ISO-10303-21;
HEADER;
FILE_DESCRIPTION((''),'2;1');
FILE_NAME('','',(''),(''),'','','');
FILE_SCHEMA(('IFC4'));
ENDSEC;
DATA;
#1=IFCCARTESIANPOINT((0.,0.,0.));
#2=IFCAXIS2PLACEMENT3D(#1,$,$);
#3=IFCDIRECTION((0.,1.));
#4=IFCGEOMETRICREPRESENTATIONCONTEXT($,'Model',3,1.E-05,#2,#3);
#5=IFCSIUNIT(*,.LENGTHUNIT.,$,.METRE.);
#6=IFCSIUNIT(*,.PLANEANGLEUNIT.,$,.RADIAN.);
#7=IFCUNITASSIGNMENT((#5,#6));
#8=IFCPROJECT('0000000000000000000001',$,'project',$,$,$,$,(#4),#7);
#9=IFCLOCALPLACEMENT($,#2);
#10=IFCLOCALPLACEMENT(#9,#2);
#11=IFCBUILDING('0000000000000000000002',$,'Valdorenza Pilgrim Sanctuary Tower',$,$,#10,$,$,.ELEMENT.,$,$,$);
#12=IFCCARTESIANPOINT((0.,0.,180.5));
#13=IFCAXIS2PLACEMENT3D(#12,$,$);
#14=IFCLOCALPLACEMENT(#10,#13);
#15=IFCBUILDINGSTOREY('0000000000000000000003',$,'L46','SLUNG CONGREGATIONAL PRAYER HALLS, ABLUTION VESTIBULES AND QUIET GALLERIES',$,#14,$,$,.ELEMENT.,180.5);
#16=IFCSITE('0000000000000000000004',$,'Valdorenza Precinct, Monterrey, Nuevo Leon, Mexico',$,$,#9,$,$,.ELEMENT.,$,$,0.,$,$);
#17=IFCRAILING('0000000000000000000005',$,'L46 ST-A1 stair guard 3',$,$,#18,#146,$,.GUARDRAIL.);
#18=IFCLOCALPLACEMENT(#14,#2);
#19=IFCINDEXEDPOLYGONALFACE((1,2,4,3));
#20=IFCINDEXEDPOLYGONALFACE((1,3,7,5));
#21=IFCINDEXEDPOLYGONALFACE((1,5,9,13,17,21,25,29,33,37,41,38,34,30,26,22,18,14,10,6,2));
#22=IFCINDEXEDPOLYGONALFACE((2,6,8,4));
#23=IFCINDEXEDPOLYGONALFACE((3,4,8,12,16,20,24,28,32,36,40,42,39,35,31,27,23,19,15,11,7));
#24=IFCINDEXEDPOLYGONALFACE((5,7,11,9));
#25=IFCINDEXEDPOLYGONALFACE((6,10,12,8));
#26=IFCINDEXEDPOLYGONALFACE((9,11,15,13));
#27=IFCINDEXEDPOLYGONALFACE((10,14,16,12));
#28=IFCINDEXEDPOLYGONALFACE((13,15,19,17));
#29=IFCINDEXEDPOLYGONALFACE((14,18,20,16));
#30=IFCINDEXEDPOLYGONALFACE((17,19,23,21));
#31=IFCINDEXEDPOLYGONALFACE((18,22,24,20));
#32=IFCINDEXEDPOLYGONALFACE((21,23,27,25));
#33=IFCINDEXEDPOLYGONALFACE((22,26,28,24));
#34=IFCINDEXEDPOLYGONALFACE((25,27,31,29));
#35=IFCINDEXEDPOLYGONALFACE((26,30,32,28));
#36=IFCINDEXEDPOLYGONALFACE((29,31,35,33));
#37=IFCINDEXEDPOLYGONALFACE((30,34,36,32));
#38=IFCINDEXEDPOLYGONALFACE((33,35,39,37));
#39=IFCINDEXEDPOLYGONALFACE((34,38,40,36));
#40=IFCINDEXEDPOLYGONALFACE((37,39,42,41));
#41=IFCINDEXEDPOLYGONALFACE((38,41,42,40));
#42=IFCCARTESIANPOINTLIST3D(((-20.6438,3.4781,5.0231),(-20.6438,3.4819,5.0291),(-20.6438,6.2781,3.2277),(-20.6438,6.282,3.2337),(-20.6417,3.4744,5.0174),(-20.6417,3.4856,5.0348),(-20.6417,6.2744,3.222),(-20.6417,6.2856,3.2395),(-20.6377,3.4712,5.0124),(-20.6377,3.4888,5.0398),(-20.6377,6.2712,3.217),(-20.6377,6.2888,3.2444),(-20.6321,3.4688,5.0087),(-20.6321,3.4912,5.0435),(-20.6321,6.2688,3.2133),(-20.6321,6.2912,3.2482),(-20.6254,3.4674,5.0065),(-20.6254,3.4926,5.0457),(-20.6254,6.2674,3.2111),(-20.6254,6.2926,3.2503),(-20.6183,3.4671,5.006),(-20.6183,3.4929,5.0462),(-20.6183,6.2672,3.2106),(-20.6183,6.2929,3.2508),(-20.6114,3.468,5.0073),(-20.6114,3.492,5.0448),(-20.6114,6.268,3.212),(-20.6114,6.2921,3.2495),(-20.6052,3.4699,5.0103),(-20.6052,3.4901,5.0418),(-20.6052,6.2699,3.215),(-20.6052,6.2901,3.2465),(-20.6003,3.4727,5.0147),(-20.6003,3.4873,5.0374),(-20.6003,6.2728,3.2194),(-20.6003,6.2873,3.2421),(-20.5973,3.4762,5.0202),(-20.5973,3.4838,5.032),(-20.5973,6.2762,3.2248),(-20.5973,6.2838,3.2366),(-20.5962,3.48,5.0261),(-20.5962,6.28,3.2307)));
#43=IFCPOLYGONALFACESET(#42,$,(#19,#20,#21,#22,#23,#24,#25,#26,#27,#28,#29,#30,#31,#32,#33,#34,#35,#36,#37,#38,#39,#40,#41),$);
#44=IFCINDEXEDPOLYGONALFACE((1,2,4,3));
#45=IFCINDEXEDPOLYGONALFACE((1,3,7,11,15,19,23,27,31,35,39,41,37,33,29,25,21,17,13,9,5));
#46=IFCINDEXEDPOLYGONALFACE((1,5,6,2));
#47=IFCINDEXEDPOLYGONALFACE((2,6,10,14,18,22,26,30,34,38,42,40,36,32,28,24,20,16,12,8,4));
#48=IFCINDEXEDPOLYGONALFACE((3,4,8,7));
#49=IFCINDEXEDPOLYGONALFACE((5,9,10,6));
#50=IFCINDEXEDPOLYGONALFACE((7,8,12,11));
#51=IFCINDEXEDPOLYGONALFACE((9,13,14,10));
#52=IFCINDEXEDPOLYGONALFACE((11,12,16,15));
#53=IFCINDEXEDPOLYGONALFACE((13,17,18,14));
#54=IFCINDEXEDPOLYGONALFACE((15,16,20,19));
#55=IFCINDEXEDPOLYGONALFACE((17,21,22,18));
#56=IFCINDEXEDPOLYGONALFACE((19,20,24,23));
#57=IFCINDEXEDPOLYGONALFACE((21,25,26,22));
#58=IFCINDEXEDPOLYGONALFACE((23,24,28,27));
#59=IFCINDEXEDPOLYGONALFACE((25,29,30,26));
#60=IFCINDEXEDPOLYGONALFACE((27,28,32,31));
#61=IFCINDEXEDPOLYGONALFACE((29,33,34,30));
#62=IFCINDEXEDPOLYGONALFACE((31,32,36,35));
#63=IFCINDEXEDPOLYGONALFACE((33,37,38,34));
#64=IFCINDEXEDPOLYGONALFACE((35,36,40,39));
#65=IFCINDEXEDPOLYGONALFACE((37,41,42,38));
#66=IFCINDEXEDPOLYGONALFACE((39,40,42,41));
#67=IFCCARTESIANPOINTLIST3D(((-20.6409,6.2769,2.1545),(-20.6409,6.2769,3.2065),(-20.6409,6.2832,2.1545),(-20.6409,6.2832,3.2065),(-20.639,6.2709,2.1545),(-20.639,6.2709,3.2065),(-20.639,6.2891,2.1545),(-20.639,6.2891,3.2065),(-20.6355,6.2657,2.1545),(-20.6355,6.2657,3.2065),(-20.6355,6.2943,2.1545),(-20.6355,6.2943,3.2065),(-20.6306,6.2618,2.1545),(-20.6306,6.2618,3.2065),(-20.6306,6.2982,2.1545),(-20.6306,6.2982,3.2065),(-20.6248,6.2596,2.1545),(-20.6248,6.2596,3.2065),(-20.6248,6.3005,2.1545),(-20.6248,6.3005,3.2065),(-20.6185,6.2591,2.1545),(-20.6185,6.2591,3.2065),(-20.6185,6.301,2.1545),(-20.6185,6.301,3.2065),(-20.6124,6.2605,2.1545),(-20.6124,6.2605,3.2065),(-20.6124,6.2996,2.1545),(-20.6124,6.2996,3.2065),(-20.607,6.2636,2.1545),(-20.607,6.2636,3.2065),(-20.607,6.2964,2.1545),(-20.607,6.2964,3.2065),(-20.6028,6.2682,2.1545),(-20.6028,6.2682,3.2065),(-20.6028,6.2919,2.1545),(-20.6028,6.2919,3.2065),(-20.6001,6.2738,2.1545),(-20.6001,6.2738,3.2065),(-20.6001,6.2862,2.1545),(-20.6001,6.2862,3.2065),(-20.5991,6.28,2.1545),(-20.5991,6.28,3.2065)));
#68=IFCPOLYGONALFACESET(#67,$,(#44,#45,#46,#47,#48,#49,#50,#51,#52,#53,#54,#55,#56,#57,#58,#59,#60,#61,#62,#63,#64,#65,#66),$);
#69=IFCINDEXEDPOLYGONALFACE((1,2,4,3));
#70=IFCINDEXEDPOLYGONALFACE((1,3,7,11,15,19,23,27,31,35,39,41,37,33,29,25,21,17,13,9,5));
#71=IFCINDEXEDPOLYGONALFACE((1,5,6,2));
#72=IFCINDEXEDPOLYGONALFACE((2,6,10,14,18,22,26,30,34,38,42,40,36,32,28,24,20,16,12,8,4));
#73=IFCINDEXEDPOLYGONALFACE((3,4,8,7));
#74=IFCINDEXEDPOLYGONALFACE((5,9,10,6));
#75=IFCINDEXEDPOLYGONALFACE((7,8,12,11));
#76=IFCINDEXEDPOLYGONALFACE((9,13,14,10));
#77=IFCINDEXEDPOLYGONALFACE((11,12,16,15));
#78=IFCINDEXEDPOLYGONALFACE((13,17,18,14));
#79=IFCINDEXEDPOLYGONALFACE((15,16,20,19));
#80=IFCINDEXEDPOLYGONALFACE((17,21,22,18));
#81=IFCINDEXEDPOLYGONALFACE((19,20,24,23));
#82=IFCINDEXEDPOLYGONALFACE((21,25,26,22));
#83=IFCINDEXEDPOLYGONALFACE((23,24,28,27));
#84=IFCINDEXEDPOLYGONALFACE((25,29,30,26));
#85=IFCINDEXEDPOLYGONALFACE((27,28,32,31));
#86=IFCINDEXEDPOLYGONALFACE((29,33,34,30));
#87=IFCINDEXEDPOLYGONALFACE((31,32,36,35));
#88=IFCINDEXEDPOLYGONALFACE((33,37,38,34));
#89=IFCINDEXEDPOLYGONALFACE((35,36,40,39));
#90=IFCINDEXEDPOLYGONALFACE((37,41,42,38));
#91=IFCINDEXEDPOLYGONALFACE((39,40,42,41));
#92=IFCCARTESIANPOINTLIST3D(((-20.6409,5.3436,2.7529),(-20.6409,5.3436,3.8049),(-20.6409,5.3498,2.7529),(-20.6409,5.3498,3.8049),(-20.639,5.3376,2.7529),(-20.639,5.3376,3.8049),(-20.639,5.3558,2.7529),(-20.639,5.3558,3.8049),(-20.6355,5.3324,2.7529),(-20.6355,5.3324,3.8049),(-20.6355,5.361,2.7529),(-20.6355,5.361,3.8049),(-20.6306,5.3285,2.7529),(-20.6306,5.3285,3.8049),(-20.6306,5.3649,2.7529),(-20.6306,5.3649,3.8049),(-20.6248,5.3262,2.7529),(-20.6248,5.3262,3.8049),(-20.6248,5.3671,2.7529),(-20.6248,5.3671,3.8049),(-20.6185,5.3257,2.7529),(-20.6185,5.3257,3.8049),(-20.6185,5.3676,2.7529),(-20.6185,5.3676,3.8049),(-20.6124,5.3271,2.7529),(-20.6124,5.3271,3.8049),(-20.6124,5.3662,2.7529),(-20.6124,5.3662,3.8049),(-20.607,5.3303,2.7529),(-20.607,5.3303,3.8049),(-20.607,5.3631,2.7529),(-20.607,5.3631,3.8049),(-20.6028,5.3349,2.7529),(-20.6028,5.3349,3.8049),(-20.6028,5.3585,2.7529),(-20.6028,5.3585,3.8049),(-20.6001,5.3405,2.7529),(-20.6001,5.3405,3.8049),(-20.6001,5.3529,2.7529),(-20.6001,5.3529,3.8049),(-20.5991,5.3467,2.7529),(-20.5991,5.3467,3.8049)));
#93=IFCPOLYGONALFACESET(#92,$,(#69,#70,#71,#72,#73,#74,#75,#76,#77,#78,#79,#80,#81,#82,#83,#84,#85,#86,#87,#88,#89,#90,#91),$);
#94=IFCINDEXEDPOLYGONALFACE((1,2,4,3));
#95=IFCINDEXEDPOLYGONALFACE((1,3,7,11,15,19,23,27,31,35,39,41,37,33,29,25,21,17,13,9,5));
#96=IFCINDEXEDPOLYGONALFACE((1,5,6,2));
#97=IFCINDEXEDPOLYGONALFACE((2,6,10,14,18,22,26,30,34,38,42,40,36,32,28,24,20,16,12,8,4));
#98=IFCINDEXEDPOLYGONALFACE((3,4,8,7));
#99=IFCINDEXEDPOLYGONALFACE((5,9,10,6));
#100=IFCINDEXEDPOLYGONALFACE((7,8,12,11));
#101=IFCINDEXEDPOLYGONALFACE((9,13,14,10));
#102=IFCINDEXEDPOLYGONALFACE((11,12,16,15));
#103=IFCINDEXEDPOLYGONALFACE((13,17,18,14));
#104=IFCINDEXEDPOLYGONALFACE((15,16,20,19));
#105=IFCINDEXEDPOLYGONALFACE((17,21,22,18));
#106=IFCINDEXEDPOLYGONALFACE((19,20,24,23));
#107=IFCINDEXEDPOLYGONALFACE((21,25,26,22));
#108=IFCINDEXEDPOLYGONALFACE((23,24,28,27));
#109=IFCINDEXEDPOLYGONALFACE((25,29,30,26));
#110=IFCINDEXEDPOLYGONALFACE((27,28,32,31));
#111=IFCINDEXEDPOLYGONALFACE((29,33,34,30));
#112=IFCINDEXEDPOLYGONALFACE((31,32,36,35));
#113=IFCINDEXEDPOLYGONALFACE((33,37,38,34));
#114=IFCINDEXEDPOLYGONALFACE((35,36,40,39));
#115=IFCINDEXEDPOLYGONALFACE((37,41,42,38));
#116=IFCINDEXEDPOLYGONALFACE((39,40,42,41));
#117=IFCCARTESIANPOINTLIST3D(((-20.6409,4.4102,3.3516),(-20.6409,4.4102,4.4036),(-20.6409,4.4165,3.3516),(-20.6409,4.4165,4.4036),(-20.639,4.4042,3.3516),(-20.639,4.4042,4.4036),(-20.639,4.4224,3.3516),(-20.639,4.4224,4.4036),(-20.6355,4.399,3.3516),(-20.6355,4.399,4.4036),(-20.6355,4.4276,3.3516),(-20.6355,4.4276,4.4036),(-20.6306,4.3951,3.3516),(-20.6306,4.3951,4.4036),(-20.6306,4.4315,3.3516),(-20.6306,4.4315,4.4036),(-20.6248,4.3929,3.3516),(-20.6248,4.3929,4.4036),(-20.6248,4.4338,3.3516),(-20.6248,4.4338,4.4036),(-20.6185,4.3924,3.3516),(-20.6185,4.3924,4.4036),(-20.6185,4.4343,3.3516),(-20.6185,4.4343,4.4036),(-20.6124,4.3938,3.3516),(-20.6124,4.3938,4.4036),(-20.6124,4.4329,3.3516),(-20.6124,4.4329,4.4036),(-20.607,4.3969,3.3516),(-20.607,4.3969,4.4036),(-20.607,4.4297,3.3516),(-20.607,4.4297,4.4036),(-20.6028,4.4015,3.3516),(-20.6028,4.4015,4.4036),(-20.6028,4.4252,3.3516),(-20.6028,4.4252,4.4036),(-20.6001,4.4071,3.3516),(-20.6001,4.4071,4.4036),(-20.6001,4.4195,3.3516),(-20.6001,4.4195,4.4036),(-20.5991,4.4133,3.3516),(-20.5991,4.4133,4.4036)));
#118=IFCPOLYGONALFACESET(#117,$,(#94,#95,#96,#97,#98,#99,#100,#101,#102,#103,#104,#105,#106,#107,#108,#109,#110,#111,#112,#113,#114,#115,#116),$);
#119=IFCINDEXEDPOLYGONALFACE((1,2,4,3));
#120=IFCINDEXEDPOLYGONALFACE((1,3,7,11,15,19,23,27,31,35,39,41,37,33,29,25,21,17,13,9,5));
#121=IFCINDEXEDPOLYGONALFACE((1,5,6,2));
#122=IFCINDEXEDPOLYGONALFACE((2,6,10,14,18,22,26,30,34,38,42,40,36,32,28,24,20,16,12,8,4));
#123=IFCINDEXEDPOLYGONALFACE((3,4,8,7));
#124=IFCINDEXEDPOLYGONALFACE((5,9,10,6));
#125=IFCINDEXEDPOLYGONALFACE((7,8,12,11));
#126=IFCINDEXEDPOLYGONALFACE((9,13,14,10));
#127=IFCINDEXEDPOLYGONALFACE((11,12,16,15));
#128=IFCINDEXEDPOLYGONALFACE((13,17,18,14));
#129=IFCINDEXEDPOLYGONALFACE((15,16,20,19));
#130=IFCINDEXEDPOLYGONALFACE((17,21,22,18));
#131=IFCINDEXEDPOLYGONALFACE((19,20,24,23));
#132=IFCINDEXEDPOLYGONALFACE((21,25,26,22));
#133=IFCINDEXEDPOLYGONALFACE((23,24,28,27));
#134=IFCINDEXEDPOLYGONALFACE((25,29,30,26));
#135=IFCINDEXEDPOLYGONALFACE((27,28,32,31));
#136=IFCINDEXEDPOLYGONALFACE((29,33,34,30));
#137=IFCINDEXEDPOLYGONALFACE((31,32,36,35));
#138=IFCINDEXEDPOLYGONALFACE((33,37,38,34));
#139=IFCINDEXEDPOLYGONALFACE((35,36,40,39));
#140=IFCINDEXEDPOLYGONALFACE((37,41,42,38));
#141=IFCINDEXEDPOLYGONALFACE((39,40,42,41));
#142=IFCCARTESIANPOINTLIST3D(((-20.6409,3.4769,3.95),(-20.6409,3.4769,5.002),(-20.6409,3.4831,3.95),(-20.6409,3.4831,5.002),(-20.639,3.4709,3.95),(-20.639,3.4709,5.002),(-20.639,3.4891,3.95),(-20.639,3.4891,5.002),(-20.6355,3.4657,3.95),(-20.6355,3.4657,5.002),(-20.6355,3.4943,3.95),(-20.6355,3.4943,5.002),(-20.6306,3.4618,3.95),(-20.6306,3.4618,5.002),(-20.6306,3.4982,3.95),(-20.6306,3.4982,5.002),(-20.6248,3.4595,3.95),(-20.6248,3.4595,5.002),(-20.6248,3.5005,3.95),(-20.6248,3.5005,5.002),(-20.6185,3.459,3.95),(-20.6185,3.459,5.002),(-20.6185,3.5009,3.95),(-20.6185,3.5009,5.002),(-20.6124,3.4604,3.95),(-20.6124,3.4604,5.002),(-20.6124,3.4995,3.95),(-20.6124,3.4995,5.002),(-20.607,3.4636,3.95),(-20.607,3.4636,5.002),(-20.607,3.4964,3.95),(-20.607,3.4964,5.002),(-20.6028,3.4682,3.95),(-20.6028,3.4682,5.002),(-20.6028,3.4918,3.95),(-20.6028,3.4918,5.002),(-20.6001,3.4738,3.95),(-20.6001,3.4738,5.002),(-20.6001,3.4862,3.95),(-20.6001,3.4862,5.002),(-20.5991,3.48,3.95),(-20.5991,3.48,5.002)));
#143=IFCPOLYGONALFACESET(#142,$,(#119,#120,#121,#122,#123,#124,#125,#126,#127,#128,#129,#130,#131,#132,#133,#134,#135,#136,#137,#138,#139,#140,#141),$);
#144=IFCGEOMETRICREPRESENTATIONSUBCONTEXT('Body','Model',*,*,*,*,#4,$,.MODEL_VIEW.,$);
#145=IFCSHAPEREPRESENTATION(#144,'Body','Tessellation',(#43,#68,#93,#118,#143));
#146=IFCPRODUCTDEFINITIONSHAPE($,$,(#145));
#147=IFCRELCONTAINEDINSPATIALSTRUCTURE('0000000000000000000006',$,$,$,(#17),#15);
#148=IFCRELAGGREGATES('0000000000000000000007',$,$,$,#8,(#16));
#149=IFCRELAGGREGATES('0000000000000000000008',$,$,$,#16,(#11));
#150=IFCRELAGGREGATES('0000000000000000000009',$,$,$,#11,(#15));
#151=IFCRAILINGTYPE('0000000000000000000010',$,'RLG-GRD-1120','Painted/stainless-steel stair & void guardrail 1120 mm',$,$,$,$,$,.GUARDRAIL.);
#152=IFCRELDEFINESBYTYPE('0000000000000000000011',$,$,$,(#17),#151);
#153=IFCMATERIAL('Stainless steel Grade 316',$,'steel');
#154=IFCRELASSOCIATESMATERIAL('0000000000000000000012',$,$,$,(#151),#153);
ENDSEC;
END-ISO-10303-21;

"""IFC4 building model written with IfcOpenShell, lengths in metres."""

from ifc_helpers import new_model, si_unit, direction, frame, origin, origin_2d, place, context, subcontext, project, spatial, circle, extrude, material, type_object, element, save


model = new_model("IFC4")

# Units and contexts
model_context = context("Model", 3, precision=1e-05, world=origin(), true_north=direction((0.0, 1.0)))
body_context = subcontext(model_context, "Body", "Model", "MODEL_VIEW")
ifc_project = project(units=[si_unit("LENGTHUNIT", "METRE"), si_unit("PLANEANGLEUNIT", "RADIAN")], contexts=[model_context])

# Site, building, storey
site_placement = place(None, origin())
site = spatial("IfcSite", under=ifc_project, at=site_placement, Name="Valdorenza Precinct, Monterrey, Nuevo Leon, Mexico", CompositionType="ELEMENT", RefElevation=0.0)
building_placement = place(site_placement, origin())
building = spatial("IfcBuilding", under=site, at=building_placement, Name="Valdorenza Pilgrim Sanctuary Tower", CompositionType="ELEMENT")
storey_placement = place(building_placement, frame((0.0, 0.0, 180.5)))
storey = spatial("IfcBuildingStorey", under=building, at=storey_placement, Name="L46", Description="SLUNG CONGREGATIONAL PRAYER HALLS, ABLUTION VESTIBULES AND QUIET GALLERIES", CompositionType="ELEMENT", Elevation=180.5)

# Railing
ifc_material_1 = material(Name="Stainless steel Grade 316", Category="steel")
railing_type_1 = type_object("IfcRailingType", Name="RLG-GRD-1120", Description="Painted/stainless-steel stair & void guardrail 1120 mm", PredefinedType="GUARDRAIL", material=ifc_material_1)
railing_1_placement = place(storey_placement, frame((-20.6201, 6.28, 2.1545)))
element("IfcRailing", 1, at=railing_1_placement, inside=storey, type_object=railing_type_1, Name="L46 ST-A1 stair guard 3", PredefinedType="GUARDRAIL", context=body_context, shape_type="SweptSolid", body=[
    extrude(circle(Radius=0.0239, at=origin_2d()), frame((0.0, 0.0, 1.0762), z_axis=(0.0, -0.84181, 0.539774), x_axis=(1.0, 0.0, 0.0)), (0.0, 0.0, 1.0), 3.3262),
    extrude(circle(Radius=0.021, at=origin_2d()), origin(), (0.0, 0.0, 1.0), 1.052),
    extrude(circle(Radius=0.021, at=origin_2d()), frame((0.0, -0.9333, 0.5984)), (0.0, 0.0, 1.0), 1.052),
    extrude(circle(Radius=0.021, at=origin_2d()), frame((0.0, -1.8667, 1.197)), (0.0, 0.0, 1.0), 1.052),
    extrude(circle(Radius=0.021, at=origin_2d()), frame((0.0, -2.8, 1.7954)), (0.0, 0.0, 1.0), 1.052),
])

save(model, "model.ifc")
